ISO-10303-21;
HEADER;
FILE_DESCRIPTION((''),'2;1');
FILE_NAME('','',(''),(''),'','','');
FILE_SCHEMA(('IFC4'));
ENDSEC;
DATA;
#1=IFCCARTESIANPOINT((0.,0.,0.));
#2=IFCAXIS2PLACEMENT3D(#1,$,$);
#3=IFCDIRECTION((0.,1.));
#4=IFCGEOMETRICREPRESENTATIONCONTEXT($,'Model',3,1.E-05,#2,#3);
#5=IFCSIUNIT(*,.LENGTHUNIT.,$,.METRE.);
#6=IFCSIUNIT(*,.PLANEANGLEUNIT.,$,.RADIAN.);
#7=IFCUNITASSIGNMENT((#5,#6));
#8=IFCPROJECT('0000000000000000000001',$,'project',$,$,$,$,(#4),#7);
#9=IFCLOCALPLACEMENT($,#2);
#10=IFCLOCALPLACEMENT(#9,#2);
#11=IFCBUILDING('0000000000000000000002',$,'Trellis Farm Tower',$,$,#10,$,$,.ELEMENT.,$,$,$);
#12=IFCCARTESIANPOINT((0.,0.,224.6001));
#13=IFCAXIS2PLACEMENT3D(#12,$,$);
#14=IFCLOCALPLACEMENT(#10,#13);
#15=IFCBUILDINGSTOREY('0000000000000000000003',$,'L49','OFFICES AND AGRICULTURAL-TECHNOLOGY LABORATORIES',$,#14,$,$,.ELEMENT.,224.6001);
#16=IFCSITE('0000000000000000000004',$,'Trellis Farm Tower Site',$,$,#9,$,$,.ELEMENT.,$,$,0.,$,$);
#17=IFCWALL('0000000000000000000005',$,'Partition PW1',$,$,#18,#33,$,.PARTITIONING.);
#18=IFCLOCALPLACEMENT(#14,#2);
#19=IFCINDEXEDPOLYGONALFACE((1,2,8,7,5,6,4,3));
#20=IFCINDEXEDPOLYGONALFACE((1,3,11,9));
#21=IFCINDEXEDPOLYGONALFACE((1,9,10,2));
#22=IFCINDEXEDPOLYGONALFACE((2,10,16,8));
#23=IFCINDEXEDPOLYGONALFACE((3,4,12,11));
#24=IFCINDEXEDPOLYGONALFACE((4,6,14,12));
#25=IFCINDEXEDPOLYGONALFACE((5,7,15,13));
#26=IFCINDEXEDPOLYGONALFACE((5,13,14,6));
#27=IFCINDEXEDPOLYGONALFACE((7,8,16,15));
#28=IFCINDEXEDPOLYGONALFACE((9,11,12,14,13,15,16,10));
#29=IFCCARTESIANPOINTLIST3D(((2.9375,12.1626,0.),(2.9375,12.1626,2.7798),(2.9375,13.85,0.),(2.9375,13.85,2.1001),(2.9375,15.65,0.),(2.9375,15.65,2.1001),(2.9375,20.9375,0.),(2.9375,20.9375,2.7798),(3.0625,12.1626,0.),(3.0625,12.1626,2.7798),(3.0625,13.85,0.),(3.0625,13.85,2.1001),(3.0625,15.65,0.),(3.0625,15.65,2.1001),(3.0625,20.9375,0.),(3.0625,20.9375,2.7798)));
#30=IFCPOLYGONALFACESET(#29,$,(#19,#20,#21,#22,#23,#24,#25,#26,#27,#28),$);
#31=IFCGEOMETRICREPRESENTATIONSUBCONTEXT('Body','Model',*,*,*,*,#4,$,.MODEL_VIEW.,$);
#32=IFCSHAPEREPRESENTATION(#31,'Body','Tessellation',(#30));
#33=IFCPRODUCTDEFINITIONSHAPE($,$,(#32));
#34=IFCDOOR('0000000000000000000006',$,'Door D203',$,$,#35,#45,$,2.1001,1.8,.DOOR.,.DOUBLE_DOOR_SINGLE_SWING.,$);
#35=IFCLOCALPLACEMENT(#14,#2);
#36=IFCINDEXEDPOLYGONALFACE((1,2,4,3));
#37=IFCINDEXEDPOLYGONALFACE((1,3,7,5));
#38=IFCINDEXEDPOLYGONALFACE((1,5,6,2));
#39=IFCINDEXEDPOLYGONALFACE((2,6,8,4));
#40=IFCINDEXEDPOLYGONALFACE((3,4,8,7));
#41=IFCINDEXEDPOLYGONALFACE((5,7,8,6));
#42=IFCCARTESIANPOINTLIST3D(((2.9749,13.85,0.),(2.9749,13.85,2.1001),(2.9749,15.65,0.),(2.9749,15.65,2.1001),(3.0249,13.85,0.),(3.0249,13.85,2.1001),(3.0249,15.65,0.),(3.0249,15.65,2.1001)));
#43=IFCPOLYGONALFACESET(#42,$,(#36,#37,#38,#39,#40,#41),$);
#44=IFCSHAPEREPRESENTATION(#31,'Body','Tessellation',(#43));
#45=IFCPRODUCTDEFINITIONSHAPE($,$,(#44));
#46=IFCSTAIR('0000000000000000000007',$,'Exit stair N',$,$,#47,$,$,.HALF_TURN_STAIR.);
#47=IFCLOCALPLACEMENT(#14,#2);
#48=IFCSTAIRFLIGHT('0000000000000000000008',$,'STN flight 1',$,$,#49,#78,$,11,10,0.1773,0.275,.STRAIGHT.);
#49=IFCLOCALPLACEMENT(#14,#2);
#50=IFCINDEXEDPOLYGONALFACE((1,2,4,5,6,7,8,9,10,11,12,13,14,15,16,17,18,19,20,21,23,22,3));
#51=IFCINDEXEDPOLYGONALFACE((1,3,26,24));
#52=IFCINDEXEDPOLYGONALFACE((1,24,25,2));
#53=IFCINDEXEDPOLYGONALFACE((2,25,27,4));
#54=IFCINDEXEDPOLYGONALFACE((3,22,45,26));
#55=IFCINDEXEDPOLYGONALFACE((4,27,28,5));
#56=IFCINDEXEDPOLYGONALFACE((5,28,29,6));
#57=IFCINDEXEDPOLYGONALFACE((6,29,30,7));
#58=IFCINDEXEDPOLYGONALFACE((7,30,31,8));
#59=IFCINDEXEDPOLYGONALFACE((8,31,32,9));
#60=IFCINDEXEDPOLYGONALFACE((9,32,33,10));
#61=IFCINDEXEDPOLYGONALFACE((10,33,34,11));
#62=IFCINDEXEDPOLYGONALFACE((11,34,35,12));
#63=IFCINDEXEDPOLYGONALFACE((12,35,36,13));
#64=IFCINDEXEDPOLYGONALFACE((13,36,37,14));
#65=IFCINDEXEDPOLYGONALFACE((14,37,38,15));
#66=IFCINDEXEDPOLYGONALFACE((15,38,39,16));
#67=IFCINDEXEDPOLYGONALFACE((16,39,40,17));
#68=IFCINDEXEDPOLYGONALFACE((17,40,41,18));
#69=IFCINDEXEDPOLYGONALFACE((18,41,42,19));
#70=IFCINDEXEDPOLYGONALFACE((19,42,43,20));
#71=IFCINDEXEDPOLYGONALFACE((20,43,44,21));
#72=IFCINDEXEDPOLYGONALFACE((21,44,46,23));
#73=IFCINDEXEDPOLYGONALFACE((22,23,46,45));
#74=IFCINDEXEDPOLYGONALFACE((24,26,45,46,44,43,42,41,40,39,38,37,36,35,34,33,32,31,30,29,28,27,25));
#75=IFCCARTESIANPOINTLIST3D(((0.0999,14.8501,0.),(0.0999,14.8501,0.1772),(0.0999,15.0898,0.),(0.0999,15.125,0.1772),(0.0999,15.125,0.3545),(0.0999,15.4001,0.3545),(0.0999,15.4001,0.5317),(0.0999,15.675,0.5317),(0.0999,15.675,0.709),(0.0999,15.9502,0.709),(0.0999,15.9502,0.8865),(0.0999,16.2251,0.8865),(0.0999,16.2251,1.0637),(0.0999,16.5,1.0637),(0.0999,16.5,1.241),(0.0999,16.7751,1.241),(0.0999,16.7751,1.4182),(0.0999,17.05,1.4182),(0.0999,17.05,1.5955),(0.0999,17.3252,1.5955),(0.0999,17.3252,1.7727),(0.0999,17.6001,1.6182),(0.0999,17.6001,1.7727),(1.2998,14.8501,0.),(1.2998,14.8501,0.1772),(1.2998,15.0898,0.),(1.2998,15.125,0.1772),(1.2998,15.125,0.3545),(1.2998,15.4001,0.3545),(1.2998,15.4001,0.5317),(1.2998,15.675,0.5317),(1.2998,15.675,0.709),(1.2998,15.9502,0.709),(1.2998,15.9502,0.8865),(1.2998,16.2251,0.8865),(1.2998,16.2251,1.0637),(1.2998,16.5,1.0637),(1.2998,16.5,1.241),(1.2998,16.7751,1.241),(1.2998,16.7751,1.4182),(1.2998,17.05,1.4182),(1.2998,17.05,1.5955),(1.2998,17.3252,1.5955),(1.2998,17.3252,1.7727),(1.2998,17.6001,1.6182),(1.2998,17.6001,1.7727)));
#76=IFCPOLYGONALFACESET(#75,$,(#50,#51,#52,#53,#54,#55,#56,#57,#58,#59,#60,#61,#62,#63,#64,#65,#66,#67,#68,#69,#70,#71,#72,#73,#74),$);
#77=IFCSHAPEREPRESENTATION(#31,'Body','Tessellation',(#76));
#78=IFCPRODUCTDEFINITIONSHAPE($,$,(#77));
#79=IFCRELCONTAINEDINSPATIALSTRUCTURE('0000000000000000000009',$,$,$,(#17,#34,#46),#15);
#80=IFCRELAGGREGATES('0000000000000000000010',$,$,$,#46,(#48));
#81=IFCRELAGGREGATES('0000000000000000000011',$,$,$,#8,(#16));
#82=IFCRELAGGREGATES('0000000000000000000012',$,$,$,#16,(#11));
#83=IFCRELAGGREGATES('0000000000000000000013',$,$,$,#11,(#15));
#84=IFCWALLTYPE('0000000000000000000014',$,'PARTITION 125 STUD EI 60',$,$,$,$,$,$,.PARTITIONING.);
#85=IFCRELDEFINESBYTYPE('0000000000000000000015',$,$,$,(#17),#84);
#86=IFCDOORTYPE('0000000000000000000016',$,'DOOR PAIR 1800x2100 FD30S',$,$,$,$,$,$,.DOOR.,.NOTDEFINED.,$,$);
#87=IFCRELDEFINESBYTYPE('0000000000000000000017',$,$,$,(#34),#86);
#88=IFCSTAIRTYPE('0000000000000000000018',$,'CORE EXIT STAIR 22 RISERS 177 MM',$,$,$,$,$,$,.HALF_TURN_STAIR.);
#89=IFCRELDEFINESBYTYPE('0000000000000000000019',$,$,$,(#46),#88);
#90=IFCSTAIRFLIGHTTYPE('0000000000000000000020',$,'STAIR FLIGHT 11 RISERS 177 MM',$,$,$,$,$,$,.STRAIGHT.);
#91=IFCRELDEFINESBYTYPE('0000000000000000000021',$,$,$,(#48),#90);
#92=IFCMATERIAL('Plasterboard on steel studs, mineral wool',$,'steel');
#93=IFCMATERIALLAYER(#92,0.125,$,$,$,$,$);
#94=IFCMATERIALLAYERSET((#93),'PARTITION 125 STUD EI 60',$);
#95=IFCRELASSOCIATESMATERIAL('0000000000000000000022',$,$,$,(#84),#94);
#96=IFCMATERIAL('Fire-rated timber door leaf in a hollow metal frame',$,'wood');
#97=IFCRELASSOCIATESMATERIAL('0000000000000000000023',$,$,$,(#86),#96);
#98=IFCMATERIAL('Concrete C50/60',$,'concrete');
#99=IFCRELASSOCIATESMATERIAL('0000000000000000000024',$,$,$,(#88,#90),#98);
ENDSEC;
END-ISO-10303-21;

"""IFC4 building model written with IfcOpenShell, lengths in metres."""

from ifc_helpers import new_model, si_unit, direction, frame, frame_2d, origin, place, context, subcontext, project, spatial, polyline, rectangle, outline, extrude, source, transform, mapped, material, layer, layer_set, type_object, element, fill, aggregate, save


model = new_model("IFC4")

# Units and contexts
model_context = context("Model", 3, precision=1e-05, world=origin(), true_north=direction((0.0, 1.0)))
body_context = subcontext(model_context, "Body", "Model", "MODEL_VIEW")
ifc_project = project(units=[si_unit("LENGTHUNIT", "METRE"), si_unit("PLANEANGLEUNIT", "RADIAN")], contexts=[model_context])

# Site, building, storey
site_placement = place(None, origin())
site = spatial("IfcSite", under=ifc_project, at=site_placement, Name="Trellis Farm Tower Site", CompositionType="ELEMENT", RefElevation=0.0)
building_placement = place(site_placement, origin())
building = spatial("IfcBuilding", under=site, at=building_placement, Name="Trellis Farm Tower", CompositionType="ELEMENT")
storey_placement = place(building_placement, frame((0.0, 0.0, 224.6001)))
storey = spatial("IfcBuildingStorey", under=building, at=storey_placement, Name="L49", Description="OFFICES AND AGRICULTURAL-TECHNOLOGY LABORATORIES", CompositionType="ELEMENT", Elevation=224.6001)

# Shared definitions
placement_1 = place(storey_placement, origin())

# Shared definitions
ifc_material_1 = material(Name="Plasterboard on steel studs, mineral wool", Category="steel")
ifc_layer_1 = layer(ifc_material_1, 0.125)
ifc_layer_set_1 = layer_set([ifc_layer_1], Name="PARTITION 125 STUD EI 60")
wall_type_1 = type_object("IfcWallType", Name="PARTITION 125 STUD EI 60", PredefinedType="PARTITIONING", material=ifc_layer_set_1)

# Wall, opening, door
shared_shape_1 = source(origin(), body_context, "Body", "SweptSolid", [
    extrude(rectangle(XDim=8.7749, YDim=0.125, at=frame_2d((4.3875, 0.0))), origin(), (0.0, 0.0, 1.0), 2.7798),
])
wall_1_placement = place(storey_placement, frame((3.0, 20.9375, 0.0), z_axis=(0.0, 0.0, 1.0), x_axis=(0.0, -1.0, 0.0)))
wall_1 = element("IfcWall", 1, at=wall_1_placement, inside=storey, type_object=wall_type_1, Name="Partition PW1", PredefinedType="PARTITIONING", context=body_context, shape_type="MappedRepresentation", body=[
    mapped(shared_shape_1, transform((0.0, 0.0, 0.0))),
])
shared_shape_2 = source(origin(), body_context, "Body", "SweptSolid", [
    extrude(rectangle(XDim=1.8, YDim=2.1001, at=frame_2d((0.8999, 1.05))), frame((0.0, 0.0725, 0.0), z_axis=(0.0, -1.0, 0.0), x_axis=(1.0, 0.0, 0.0)), (0.0, 0.0, 1.0), 0.145),
])
opening_placement = place(wall_1_placement, frame((5.2876, 0.0, 0.0)))
opening = element("IfcOpeningElement", 2, at=opening_placement, cuts=wall_1, PredefinedType="OPENING", context=body_context, shape_type="MappedRepresentation", body=[
    mapped(shared_shape_2, transform((0.0, 0.0, 0.0))),
])
ifc_material_2 = material(Name="Fire-rated timber door leaf in a hollow metal frame", Category="wood")
door_type = type_object("IfcDoorType", Name="DOOR PAIR 1800x2100 FD30S", OperationType="NOTDEFINED", PredefinedType="DOOR", material=ifc_material_2)
shared_shape_3 = source(origin(), body_context, "Body", "SweptSolid", [
    extrude(rectangle(XDim=1.8, YDim=2.1001, at=frame_2d((0.8999, 1.05))), frame((0.0, 0.0249, 0.0), z_axis=(0.0, -1.0, 0.0), x_axis=(1.0, 0.0, 0.0)), (0.0, 0.0, 1.0), 0.05),
])
door_placement = place(opening_placement, origin())
door = element("IfcDoor", 3, at=door_placement, inside=storey, type_object=door_type, Name="Door D203", OperationType="DOUBLE_DOOR_SINGLE_SWING", OverallHeight=2.1001, OverallWidth=1.8, PredefinedType="DOOR", context=body_context, shape_type="MappedRepresentation", body=[
    mapped(shared_shape_3, transform((0.0, 0.0, 0.0))),
])
fill(opening, door)

# Stair, stair flight
ifc_material_3 = material(Name="Concrete C50/60", Category="concrete")
stair_type = type_object("IfcStairType", Name="CORE EXIT STAIR 22 RISERS 177 MM", PredefinedType="HALF_TURN_STAIR", material=ifc_material_3)
stair = element("IfcStair", 4, at=placement_1, inside=storey, type_object=stair_type, Name="Exit stair N", PredefinedType="HALF_TURN_STAIR")
stair_flight_type = type_object("IfcStairFlightType", Name="STAIR FLIGHT 11 RISERS 177 MM", PredefinedType="STRAIGHT", material=ifc_material_3)
shared_shape_4 = source(origin(), body_context, "Body", "SweptSolid", [
    extrude(outline(polyline([(0.0, 0.0), (0.0, 0.1772), (0.2749, 0.1772), (0.2749, 0.3545), (0.55, 0.3545), (0.55, 0.5317), (0.825, 0.5317), (0.825, 0.709), (1.1001, 0.709), (1.1001, 0.8865), (1.375, 0.8865), (1.375, 1.0637), (1.6499, 1.0637), (1.6499, 1.241), (1.925, 1.241), (1.925, 1.4182), (2.2, 1.4182), (2.2, 1.5955), (2.4751, 1.5955), (2.4751, 1.7727), (2.75, 1.7727), (2.75, 1.95), (2.75, 1.6182), (0.2397, 0.0), (0.0, 0.0)])), frame((0.0, 0.6001, 0.0), z_axis=(0.0, -1.0, 0.0), x_axis=(1.0, 0.0, 0.0)), (0.0, 0.0, 1.0), 1.2),
])
stair_flight_placement = place(storey_placement, frame((0.7, 14.8501, 0.0), z_axis=(0.0, 0.0, 1.0), x_axis=(0.0, 1.0, 0.0)))
stair_flight = element("IfcStairFlight", 5, at=stair_flight_placement, type_object=stair_flight_type, Name="STN flight 1", NumberOfRisers=11, NumberOfTreads=10, PredefinedType="STRAIGHT", RiserHeight=0.1773, TreadLength=0.275, context=body_context, shape_type="MappedRepresentation", body=[
    mapped(shared_shape_4, transform((0.0, 0.0, 0.0))),
])
aggregate(stair, [stair_flight])

save(model, "model.ifc")
